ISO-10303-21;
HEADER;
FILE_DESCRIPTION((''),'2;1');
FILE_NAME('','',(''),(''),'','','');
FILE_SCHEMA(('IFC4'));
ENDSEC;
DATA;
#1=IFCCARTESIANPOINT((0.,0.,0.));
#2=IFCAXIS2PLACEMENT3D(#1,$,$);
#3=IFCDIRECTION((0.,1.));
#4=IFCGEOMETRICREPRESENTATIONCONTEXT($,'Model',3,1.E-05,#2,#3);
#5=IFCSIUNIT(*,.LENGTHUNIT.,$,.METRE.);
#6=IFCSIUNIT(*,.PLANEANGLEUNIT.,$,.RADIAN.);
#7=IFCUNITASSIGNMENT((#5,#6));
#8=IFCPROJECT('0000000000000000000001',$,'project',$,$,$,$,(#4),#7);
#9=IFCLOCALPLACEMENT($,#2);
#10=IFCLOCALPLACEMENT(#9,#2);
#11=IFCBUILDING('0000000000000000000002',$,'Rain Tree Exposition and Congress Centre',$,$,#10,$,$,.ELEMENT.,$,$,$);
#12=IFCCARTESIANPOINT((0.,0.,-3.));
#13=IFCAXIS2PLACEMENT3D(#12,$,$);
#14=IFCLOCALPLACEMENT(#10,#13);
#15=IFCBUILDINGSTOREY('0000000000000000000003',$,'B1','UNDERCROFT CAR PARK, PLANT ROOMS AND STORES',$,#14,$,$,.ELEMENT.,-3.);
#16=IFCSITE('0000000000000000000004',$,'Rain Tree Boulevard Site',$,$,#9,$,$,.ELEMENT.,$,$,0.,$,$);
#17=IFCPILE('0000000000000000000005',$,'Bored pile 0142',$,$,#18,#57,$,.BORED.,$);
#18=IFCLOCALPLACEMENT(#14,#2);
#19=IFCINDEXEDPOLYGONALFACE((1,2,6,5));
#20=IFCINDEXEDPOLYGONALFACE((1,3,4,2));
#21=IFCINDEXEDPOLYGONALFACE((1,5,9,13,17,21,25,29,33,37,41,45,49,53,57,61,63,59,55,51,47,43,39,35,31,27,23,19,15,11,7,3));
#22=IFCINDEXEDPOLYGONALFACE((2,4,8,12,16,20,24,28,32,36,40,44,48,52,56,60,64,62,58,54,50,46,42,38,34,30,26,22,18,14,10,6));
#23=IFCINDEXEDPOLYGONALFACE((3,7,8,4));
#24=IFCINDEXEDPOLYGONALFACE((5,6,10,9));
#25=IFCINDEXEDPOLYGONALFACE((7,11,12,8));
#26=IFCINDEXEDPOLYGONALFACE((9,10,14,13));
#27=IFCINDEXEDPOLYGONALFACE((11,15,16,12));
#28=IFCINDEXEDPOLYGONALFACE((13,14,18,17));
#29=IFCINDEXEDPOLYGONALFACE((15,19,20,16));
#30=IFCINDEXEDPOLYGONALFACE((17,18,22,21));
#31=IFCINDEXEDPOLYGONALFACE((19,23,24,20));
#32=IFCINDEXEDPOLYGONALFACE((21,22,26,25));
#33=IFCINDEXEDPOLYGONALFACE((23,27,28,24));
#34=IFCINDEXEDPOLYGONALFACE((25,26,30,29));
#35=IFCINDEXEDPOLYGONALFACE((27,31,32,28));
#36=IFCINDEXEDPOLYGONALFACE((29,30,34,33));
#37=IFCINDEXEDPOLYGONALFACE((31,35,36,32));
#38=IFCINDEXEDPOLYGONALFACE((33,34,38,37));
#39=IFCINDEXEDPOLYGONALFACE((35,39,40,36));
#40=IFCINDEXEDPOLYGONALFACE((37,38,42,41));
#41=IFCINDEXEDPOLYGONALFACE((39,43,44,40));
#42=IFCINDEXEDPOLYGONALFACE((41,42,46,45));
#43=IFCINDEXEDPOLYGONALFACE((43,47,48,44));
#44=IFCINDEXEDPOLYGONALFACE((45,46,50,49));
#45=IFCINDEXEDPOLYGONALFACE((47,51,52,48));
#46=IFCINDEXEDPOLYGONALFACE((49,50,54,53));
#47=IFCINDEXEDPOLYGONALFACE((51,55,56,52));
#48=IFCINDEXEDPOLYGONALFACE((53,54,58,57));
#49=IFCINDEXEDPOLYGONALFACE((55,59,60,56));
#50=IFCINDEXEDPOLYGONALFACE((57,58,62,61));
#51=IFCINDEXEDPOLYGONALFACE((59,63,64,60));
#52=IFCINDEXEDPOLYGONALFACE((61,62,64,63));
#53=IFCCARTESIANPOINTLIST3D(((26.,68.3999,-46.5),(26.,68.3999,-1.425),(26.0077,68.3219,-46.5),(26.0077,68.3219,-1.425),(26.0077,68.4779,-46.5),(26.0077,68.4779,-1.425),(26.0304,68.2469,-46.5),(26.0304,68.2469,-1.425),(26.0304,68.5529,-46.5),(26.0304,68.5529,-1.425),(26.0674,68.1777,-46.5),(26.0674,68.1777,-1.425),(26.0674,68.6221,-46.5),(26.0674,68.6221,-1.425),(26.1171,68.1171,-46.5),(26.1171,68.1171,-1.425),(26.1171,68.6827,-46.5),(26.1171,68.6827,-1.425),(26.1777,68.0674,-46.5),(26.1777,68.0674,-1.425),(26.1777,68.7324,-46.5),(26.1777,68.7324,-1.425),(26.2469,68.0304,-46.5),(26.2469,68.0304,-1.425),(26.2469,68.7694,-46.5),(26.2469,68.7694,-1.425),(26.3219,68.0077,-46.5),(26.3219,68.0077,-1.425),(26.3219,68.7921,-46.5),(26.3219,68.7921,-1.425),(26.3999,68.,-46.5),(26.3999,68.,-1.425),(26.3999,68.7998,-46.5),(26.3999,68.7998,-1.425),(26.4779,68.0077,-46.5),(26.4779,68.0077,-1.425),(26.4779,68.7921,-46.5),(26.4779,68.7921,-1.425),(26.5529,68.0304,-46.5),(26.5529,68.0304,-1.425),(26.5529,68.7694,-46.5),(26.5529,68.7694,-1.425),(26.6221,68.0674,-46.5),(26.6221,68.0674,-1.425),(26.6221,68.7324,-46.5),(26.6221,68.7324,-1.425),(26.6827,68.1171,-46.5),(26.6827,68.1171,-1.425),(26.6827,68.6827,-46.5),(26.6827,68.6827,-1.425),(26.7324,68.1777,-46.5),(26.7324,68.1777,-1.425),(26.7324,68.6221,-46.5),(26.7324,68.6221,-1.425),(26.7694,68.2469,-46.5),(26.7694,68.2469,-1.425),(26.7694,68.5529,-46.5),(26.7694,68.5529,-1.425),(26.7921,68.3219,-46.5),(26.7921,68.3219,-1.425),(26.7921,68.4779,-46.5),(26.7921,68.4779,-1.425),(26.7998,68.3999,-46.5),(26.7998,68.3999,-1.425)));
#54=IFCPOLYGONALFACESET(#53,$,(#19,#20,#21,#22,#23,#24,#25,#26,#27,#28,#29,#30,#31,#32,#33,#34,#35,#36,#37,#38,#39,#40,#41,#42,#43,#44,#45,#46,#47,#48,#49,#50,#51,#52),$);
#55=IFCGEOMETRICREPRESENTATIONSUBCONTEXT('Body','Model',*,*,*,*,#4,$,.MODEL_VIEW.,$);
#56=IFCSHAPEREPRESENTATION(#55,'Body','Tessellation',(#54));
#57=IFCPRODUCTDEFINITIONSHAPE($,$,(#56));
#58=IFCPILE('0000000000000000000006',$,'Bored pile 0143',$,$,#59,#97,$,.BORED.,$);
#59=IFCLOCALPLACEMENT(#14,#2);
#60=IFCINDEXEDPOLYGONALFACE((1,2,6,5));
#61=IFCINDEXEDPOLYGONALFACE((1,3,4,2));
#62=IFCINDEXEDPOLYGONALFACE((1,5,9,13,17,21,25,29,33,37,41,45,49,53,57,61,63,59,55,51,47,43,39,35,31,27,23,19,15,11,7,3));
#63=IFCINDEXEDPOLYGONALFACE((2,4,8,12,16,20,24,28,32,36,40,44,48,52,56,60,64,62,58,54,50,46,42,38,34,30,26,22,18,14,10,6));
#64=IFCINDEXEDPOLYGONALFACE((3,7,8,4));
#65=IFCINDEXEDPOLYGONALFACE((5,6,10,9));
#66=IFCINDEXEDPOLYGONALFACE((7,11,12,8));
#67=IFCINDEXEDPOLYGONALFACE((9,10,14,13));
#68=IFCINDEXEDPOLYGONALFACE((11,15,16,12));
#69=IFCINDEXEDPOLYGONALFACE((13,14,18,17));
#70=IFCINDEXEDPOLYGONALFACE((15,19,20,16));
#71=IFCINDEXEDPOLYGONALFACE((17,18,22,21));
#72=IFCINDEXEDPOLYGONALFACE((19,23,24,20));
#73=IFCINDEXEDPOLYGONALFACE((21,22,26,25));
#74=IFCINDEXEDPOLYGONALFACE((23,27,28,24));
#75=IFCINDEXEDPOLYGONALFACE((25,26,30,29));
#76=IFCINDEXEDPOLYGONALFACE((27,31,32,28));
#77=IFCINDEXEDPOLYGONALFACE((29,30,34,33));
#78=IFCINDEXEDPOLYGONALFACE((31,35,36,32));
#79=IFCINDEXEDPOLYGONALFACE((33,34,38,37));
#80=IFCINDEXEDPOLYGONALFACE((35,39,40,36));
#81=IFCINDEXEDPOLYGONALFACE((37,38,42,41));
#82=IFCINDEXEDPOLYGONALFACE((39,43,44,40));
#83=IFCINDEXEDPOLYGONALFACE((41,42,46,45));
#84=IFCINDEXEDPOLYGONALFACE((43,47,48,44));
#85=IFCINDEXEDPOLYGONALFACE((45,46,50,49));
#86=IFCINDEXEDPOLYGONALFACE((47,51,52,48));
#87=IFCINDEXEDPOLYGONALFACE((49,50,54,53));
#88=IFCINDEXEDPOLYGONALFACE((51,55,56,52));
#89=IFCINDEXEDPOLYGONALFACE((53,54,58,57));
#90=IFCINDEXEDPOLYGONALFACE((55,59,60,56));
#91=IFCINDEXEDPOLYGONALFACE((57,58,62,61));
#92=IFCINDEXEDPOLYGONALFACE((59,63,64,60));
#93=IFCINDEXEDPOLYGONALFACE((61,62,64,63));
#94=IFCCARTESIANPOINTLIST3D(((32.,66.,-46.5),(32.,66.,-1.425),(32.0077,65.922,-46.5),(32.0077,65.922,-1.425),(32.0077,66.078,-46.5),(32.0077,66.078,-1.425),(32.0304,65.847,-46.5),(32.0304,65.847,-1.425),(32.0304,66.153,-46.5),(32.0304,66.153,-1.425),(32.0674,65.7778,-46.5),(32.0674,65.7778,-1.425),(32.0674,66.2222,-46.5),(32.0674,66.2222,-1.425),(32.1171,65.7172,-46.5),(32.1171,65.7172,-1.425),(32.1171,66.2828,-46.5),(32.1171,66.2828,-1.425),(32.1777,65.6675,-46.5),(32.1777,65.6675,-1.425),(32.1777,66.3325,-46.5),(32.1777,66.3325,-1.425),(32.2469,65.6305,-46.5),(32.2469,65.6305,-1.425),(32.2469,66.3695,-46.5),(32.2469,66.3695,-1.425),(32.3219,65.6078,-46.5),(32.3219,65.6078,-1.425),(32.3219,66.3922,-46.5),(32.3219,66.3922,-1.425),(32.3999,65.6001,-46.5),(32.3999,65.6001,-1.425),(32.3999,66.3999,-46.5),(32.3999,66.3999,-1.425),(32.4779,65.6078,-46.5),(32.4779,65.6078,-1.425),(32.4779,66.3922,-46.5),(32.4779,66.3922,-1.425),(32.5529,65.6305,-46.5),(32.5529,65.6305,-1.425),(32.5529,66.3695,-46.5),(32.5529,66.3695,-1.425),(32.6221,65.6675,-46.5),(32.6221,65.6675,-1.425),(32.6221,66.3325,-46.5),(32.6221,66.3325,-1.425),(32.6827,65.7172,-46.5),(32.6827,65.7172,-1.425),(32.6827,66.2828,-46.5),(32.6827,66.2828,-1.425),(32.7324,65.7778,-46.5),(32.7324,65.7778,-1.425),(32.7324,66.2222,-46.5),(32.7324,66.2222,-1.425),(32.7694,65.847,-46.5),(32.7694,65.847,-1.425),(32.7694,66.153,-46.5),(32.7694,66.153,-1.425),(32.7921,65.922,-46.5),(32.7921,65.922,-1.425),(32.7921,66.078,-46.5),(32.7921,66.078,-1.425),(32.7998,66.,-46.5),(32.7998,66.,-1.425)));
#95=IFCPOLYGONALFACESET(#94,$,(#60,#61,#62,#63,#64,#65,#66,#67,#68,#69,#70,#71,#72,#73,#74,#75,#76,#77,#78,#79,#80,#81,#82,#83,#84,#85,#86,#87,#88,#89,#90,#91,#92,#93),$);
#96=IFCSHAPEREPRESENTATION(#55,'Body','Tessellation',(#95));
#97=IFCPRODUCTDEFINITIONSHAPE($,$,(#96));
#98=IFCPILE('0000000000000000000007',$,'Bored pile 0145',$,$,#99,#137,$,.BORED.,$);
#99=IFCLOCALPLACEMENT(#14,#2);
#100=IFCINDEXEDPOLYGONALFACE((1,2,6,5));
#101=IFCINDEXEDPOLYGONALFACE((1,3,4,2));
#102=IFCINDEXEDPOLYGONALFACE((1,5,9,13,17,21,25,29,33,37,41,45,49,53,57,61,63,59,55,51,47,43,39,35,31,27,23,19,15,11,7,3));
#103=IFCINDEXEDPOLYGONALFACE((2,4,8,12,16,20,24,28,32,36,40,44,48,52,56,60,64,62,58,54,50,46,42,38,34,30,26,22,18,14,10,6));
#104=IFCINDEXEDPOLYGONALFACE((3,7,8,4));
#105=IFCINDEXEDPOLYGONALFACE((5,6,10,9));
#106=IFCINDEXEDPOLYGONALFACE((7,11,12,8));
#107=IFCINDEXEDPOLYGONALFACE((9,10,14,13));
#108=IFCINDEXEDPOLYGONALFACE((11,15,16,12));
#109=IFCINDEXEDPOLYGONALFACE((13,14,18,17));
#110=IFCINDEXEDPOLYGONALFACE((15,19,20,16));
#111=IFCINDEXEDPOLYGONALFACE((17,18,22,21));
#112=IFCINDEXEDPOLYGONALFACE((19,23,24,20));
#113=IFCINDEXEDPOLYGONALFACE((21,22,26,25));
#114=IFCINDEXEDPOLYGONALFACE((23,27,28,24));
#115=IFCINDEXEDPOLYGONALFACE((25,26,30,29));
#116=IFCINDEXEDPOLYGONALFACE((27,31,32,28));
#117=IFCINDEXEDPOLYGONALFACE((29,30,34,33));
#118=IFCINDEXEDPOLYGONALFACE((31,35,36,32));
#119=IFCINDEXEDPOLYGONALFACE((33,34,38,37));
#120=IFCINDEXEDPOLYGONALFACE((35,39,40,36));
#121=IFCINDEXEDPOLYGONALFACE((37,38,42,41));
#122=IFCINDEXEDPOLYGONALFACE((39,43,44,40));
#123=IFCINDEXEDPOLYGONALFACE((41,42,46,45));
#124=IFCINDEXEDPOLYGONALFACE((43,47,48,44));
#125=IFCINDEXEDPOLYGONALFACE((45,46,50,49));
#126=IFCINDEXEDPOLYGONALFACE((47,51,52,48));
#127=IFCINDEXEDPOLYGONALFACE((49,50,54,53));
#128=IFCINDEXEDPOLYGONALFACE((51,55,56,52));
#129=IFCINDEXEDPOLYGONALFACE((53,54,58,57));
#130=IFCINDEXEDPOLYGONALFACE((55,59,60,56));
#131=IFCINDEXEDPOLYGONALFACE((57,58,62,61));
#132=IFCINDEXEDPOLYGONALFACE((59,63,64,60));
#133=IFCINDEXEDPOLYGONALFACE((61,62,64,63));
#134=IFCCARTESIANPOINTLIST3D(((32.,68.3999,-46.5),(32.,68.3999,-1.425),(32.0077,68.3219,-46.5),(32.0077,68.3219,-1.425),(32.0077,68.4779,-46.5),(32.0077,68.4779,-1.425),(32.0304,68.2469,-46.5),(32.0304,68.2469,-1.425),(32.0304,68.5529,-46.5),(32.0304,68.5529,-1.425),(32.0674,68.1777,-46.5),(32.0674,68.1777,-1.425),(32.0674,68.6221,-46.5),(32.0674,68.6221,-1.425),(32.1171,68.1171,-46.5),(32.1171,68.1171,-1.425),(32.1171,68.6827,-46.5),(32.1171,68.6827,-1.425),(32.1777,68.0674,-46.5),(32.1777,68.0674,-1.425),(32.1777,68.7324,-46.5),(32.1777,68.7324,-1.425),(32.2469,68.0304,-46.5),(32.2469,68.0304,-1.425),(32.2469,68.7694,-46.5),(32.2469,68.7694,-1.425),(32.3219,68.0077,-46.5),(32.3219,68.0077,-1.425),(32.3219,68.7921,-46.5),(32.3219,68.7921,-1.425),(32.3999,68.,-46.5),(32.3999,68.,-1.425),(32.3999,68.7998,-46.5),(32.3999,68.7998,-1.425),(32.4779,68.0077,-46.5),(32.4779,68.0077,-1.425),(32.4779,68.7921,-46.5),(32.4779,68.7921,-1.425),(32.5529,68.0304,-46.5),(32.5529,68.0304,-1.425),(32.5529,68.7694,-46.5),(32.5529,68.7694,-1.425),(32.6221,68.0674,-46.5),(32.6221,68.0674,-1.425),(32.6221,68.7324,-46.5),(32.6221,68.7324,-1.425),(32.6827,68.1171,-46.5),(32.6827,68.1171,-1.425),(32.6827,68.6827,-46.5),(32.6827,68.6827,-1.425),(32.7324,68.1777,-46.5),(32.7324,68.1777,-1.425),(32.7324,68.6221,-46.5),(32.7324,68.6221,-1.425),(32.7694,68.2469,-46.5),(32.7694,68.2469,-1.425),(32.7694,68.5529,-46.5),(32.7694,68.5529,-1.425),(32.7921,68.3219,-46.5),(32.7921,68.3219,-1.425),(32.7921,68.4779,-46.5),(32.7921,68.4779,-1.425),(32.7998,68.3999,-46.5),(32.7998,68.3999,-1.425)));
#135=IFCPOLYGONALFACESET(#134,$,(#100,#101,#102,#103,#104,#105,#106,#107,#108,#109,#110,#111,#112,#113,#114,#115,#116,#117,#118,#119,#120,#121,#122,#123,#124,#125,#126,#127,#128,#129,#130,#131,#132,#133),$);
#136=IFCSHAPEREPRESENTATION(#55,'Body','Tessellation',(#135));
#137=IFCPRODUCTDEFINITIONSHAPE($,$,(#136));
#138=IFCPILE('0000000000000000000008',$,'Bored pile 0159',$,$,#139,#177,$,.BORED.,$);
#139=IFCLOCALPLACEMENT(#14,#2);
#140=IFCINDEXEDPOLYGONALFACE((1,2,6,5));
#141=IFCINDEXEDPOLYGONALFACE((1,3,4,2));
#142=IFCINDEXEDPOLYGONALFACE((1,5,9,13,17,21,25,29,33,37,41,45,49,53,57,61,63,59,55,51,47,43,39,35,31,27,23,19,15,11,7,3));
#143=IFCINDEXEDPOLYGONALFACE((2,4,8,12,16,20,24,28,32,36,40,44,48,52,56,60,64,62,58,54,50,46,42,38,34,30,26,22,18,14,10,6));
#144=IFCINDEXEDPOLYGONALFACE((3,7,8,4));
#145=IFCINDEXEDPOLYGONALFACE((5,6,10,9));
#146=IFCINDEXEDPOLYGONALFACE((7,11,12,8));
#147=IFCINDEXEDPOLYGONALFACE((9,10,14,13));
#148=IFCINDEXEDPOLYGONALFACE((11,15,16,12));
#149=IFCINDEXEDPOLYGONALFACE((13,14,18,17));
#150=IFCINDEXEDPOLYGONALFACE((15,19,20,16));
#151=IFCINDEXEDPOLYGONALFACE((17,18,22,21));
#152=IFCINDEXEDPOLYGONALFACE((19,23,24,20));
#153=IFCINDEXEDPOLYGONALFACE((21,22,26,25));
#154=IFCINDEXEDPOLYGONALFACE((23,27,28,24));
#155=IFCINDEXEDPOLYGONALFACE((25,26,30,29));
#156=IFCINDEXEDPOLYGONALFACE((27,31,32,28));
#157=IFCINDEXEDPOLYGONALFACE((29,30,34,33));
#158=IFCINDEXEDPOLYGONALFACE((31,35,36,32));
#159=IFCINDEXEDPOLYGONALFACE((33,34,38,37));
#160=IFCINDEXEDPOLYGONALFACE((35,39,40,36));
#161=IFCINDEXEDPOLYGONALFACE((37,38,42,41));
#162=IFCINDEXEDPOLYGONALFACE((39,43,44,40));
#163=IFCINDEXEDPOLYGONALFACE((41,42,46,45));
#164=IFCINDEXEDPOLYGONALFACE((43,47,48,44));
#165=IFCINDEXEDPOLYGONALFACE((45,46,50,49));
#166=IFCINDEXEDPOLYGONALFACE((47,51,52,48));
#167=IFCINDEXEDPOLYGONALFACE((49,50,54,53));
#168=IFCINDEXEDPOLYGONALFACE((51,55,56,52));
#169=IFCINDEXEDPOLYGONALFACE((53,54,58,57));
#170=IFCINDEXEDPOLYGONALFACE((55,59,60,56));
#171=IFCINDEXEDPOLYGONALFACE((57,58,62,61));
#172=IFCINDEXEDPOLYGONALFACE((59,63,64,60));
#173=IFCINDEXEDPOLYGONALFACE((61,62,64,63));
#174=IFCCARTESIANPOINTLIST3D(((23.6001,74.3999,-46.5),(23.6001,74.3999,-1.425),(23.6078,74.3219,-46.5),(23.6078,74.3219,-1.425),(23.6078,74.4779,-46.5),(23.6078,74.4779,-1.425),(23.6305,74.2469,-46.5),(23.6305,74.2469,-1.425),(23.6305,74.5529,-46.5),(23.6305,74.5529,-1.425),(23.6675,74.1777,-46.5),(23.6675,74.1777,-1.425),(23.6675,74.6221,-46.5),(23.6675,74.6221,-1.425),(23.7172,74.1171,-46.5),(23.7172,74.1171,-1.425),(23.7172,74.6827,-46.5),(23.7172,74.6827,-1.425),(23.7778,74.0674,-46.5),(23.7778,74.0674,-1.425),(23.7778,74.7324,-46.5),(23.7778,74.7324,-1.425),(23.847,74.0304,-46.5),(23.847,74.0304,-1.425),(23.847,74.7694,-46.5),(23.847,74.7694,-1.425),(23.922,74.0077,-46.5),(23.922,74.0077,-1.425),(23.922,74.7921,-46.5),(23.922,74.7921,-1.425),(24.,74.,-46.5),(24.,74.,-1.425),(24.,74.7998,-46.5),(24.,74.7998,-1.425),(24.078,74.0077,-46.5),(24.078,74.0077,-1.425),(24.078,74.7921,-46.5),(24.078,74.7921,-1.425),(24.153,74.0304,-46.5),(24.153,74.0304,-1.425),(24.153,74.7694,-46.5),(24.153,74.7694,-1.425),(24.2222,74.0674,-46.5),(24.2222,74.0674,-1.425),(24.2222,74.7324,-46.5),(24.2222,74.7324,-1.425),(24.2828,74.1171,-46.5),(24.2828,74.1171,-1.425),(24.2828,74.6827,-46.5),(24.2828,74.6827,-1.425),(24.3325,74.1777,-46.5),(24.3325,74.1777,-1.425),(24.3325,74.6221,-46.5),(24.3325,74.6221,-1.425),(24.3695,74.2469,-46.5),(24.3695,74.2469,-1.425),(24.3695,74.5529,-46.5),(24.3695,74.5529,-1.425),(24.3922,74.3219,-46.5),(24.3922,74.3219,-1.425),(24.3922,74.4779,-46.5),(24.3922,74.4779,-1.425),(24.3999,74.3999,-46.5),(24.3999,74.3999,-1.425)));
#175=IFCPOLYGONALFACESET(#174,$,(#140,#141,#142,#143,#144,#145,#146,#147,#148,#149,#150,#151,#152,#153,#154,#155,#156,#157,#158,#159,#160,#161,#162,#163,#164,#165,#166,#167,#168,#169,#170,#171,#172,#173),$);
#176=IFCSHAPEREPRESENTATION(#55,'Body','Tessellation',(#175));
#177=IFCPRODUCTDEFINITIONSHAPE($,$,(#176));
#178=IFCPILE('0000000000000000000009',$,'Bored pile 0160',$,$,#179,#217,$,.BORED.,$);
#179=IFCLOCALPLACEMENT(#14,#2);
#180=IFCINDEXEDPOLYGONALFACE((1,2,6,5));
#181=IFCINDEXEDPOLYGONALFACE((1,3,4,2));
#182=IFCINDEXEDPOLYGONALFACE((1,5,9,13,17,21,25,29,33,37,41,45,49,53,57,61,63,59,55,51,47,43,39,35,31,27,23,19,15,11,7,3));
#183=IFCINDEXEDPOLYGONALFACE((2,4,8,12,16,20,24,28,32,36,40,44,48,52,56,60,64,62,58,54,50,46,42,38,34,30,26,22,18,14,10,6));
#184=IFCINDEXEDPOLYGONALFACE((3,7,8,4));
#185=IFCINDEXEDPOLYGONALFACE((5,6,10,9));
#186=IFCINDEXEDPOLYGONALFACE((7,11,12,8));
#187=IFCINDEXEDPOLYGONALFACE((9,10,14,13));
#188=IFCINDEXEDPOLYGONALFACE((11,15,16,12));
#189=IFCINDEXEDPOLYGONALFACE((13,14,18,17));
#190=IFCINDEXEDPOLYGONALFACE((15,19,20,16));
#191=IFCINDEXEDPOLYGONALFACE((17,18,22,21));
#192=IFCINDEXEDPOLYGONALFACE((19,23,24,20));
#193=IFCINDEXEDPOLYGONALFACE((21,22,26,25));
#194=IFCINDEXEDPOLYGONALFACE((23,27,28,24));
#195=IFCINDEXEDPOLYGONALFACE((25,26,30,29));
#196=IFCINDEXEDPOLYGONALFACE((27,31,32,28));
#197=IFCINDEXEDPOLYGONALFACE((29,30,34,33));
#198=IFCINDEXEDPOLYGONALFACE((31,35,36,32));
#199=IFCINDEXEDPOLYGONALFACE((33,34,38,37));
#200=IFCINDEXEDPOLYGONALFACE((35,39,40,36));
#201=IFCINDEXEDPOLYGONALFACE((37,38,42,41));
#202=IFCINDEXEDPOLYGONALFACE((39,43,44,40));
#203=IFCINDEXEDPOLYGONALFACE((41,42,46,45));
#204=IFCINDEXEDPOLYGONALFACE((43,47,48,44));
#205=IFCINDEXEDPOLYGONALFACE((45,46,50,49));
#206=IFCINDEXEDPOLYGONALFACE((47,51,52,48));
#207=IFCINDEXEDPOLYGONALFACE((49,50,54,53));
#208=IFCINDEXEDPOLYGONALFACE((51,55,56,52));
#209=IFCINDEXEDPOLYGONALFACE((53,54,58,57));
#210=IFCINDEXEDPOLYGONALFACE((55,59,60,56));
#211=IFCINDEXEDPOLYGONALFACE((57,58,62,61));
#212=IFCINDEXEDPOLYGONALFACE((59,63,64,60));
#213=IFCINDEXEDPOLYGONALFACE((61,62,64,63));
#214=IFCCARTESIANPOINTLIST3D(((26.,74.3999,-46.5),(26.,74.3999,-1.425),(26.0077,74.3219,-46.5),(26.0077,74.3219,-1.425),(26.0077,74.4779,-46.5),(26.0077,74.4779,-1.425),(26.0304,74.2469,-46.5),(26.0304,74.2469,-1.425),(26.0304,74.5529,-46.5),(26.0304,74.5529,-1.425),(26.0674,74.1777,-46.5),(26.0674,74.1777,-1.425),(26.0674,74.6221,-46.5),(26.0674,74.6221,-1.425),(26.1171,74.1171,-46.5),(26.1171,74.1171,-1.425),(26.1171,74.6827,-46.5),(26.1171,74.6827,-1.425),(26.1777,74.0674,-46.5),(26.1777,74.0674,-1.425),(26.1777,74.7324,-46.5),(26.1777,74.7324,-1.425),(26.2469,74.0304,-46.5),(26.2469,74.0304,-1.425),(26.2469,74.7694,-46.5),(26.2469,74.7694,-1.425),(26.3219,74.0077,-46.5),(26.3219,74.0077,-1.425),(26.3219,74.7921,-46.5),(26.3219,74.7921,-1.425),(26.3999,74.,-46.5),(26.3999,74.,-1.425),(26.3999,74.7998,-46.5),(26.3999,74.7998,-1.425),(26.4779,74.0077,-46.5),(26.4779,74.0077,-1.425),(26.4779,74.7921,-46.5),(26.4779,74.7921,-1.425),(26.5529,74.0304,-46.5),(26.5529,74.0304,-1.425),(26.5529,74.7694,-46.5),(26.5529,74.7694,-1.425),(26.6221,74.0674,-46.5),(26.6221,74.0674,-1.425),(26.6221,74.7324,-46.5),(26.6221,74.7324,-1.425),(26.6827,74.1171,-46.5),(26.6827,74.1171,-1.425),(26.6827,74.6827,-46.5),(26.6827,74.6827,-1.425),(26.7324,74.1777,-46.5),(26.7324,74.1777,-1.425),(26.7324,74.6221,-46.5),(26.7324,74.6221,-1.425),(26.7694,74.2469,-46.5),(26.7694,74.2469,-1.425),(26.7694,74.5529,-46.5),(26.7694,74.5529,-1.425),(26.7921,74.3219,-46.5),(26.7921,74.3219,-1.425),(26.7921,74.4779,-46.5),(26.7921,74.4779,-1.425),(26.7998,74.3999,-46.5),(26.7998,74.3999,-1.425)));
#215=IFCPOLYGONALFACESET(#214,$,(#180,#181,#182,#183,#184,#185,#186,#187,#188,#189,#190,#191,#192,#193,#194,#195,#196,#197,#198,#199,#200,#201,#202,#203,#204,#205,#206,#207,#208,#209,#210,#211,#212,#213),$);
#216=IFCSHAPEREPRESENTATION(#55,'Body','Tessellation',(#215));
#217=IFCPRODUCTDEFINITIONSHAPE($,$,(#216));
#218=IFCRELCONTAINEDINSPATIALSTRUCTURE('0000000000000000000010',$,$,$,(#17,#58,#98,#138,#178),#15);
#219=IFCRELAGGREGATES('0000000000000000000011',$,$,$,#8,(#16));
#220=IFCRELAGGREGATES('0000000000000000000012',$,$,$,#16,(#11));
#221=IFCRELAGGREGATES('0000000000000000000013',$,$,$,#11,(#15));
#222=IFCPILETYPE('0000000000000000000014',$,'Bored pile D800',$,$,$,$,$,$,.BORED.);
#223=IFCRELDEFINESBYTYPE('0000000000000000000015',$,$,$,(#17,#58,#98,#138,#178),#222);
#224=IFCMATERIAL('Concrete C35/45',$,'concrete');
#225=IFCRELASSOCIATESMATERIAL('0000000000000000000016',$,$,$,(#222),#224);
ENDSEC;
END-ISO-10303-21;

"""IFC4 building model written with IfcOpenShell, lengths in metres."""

from ifc_helpers import new_model, si_unit, direction, frame, origin, origin_2d, place, context, subcontext, project, spatial, circle, extrude, material, material_profile, profile_set, type_object, element, save


model = new_model("IFC4")

# Units and contexts
model_context = context("Model", 3, precision=1e-05, world=origin(), true_north=direction((0.0, 1.0)))
body_context = subcontext(model_context, "Body", "Model", "MODEL_VIEW")
ifc_project = project(units=[si_unit("LENGTHUNIT", "METRE"), si_unit("PLANEANGLEUNIT", "RADIAN")], contexts=[model_context])

# Site, building, storey
site_placement = place(None, origin())
site = spatial("IfcSite", under=ifc_project, at=site_placement, Name="Rain Tree Boulevard Site", CompositionType="ELEMENT", RefElevation=0.0)
building_placement = place(site_placement, origin())
building = spatial("IfcBuilding", under=site, at=building_placement, Name="Rain Tree Exposition and Congress Centre", CompositionType="ELEMENT")
storey_placement = place(building_placement, frame((0.0, 0.0, -3.0)))
storey = spatial("IfcBuildingStorey", under=building, at=storey_placement, Name="B1", Description="UNDERCROFT CAR PARK, PLANT ROOMS AND STORES", CompositionType="ELEMENT", Elevation=-3.0)

# Piles
ifc_material_1 = material(Name="Concrete C35/45", Category="concrete")
ifc_material_profile_1 = material_profile(ifc_material_1, circle(Radius=0.3999, at=origin_2d()), Name="D800")
ifc_profile_set_1 = profile_set([ifc_material_profile_1], Name="Concrete C35/45")
pile_type_1 = type_object("IfcPileType", Name="Bored pile D800", PredefinedType="BORED", material=ifc_profile_set_1)
for number, where, z_axis, x_axis, name in (
    (1, (26.3999, 68.3999, -1.425), (0.0, 0.0, -1.0), (1.0, 0.0, 0.0), "Bored pile 0142"),
    (2, (32.3999, 66.0, -1.425), (0.0, 0.0, -1.0), (1.0, 0.0, 0.0), "Bored pile 0143"),
    (3, (32.3999, 68.3999, -1.425), (0.0, 0.0, -1.0), (1.0, 0.0, 0.0), "Bored pile 0145"),
    (4, (24.0, 74.3999, -1.425), (0.0, 0.0, -1.0), (1.0, 0.0, 0.0), "Bored pile 0159"),
    (5, (26.3999, 74.3999, -1.425), (0.0, 0.0, -1.0), (1.0, 0.0, 0.0), "Bored pile 0160"),
):
    element("IfcPile", number, at=place(storey_placement, frame(where, z_axis=z_axis, x_axis=x_axis)), inside=storey, type_object=pile_type_1, Name=name, PredefinedType="BORED", context=body_context, shape_type="SweptSolid", body=[
        extrude(circle(Radius=0.3999, at=origin_2d()), origin(), (0.0, 0.0, 1.0), 45.075),
    ])

save(model, "model.ifc")
